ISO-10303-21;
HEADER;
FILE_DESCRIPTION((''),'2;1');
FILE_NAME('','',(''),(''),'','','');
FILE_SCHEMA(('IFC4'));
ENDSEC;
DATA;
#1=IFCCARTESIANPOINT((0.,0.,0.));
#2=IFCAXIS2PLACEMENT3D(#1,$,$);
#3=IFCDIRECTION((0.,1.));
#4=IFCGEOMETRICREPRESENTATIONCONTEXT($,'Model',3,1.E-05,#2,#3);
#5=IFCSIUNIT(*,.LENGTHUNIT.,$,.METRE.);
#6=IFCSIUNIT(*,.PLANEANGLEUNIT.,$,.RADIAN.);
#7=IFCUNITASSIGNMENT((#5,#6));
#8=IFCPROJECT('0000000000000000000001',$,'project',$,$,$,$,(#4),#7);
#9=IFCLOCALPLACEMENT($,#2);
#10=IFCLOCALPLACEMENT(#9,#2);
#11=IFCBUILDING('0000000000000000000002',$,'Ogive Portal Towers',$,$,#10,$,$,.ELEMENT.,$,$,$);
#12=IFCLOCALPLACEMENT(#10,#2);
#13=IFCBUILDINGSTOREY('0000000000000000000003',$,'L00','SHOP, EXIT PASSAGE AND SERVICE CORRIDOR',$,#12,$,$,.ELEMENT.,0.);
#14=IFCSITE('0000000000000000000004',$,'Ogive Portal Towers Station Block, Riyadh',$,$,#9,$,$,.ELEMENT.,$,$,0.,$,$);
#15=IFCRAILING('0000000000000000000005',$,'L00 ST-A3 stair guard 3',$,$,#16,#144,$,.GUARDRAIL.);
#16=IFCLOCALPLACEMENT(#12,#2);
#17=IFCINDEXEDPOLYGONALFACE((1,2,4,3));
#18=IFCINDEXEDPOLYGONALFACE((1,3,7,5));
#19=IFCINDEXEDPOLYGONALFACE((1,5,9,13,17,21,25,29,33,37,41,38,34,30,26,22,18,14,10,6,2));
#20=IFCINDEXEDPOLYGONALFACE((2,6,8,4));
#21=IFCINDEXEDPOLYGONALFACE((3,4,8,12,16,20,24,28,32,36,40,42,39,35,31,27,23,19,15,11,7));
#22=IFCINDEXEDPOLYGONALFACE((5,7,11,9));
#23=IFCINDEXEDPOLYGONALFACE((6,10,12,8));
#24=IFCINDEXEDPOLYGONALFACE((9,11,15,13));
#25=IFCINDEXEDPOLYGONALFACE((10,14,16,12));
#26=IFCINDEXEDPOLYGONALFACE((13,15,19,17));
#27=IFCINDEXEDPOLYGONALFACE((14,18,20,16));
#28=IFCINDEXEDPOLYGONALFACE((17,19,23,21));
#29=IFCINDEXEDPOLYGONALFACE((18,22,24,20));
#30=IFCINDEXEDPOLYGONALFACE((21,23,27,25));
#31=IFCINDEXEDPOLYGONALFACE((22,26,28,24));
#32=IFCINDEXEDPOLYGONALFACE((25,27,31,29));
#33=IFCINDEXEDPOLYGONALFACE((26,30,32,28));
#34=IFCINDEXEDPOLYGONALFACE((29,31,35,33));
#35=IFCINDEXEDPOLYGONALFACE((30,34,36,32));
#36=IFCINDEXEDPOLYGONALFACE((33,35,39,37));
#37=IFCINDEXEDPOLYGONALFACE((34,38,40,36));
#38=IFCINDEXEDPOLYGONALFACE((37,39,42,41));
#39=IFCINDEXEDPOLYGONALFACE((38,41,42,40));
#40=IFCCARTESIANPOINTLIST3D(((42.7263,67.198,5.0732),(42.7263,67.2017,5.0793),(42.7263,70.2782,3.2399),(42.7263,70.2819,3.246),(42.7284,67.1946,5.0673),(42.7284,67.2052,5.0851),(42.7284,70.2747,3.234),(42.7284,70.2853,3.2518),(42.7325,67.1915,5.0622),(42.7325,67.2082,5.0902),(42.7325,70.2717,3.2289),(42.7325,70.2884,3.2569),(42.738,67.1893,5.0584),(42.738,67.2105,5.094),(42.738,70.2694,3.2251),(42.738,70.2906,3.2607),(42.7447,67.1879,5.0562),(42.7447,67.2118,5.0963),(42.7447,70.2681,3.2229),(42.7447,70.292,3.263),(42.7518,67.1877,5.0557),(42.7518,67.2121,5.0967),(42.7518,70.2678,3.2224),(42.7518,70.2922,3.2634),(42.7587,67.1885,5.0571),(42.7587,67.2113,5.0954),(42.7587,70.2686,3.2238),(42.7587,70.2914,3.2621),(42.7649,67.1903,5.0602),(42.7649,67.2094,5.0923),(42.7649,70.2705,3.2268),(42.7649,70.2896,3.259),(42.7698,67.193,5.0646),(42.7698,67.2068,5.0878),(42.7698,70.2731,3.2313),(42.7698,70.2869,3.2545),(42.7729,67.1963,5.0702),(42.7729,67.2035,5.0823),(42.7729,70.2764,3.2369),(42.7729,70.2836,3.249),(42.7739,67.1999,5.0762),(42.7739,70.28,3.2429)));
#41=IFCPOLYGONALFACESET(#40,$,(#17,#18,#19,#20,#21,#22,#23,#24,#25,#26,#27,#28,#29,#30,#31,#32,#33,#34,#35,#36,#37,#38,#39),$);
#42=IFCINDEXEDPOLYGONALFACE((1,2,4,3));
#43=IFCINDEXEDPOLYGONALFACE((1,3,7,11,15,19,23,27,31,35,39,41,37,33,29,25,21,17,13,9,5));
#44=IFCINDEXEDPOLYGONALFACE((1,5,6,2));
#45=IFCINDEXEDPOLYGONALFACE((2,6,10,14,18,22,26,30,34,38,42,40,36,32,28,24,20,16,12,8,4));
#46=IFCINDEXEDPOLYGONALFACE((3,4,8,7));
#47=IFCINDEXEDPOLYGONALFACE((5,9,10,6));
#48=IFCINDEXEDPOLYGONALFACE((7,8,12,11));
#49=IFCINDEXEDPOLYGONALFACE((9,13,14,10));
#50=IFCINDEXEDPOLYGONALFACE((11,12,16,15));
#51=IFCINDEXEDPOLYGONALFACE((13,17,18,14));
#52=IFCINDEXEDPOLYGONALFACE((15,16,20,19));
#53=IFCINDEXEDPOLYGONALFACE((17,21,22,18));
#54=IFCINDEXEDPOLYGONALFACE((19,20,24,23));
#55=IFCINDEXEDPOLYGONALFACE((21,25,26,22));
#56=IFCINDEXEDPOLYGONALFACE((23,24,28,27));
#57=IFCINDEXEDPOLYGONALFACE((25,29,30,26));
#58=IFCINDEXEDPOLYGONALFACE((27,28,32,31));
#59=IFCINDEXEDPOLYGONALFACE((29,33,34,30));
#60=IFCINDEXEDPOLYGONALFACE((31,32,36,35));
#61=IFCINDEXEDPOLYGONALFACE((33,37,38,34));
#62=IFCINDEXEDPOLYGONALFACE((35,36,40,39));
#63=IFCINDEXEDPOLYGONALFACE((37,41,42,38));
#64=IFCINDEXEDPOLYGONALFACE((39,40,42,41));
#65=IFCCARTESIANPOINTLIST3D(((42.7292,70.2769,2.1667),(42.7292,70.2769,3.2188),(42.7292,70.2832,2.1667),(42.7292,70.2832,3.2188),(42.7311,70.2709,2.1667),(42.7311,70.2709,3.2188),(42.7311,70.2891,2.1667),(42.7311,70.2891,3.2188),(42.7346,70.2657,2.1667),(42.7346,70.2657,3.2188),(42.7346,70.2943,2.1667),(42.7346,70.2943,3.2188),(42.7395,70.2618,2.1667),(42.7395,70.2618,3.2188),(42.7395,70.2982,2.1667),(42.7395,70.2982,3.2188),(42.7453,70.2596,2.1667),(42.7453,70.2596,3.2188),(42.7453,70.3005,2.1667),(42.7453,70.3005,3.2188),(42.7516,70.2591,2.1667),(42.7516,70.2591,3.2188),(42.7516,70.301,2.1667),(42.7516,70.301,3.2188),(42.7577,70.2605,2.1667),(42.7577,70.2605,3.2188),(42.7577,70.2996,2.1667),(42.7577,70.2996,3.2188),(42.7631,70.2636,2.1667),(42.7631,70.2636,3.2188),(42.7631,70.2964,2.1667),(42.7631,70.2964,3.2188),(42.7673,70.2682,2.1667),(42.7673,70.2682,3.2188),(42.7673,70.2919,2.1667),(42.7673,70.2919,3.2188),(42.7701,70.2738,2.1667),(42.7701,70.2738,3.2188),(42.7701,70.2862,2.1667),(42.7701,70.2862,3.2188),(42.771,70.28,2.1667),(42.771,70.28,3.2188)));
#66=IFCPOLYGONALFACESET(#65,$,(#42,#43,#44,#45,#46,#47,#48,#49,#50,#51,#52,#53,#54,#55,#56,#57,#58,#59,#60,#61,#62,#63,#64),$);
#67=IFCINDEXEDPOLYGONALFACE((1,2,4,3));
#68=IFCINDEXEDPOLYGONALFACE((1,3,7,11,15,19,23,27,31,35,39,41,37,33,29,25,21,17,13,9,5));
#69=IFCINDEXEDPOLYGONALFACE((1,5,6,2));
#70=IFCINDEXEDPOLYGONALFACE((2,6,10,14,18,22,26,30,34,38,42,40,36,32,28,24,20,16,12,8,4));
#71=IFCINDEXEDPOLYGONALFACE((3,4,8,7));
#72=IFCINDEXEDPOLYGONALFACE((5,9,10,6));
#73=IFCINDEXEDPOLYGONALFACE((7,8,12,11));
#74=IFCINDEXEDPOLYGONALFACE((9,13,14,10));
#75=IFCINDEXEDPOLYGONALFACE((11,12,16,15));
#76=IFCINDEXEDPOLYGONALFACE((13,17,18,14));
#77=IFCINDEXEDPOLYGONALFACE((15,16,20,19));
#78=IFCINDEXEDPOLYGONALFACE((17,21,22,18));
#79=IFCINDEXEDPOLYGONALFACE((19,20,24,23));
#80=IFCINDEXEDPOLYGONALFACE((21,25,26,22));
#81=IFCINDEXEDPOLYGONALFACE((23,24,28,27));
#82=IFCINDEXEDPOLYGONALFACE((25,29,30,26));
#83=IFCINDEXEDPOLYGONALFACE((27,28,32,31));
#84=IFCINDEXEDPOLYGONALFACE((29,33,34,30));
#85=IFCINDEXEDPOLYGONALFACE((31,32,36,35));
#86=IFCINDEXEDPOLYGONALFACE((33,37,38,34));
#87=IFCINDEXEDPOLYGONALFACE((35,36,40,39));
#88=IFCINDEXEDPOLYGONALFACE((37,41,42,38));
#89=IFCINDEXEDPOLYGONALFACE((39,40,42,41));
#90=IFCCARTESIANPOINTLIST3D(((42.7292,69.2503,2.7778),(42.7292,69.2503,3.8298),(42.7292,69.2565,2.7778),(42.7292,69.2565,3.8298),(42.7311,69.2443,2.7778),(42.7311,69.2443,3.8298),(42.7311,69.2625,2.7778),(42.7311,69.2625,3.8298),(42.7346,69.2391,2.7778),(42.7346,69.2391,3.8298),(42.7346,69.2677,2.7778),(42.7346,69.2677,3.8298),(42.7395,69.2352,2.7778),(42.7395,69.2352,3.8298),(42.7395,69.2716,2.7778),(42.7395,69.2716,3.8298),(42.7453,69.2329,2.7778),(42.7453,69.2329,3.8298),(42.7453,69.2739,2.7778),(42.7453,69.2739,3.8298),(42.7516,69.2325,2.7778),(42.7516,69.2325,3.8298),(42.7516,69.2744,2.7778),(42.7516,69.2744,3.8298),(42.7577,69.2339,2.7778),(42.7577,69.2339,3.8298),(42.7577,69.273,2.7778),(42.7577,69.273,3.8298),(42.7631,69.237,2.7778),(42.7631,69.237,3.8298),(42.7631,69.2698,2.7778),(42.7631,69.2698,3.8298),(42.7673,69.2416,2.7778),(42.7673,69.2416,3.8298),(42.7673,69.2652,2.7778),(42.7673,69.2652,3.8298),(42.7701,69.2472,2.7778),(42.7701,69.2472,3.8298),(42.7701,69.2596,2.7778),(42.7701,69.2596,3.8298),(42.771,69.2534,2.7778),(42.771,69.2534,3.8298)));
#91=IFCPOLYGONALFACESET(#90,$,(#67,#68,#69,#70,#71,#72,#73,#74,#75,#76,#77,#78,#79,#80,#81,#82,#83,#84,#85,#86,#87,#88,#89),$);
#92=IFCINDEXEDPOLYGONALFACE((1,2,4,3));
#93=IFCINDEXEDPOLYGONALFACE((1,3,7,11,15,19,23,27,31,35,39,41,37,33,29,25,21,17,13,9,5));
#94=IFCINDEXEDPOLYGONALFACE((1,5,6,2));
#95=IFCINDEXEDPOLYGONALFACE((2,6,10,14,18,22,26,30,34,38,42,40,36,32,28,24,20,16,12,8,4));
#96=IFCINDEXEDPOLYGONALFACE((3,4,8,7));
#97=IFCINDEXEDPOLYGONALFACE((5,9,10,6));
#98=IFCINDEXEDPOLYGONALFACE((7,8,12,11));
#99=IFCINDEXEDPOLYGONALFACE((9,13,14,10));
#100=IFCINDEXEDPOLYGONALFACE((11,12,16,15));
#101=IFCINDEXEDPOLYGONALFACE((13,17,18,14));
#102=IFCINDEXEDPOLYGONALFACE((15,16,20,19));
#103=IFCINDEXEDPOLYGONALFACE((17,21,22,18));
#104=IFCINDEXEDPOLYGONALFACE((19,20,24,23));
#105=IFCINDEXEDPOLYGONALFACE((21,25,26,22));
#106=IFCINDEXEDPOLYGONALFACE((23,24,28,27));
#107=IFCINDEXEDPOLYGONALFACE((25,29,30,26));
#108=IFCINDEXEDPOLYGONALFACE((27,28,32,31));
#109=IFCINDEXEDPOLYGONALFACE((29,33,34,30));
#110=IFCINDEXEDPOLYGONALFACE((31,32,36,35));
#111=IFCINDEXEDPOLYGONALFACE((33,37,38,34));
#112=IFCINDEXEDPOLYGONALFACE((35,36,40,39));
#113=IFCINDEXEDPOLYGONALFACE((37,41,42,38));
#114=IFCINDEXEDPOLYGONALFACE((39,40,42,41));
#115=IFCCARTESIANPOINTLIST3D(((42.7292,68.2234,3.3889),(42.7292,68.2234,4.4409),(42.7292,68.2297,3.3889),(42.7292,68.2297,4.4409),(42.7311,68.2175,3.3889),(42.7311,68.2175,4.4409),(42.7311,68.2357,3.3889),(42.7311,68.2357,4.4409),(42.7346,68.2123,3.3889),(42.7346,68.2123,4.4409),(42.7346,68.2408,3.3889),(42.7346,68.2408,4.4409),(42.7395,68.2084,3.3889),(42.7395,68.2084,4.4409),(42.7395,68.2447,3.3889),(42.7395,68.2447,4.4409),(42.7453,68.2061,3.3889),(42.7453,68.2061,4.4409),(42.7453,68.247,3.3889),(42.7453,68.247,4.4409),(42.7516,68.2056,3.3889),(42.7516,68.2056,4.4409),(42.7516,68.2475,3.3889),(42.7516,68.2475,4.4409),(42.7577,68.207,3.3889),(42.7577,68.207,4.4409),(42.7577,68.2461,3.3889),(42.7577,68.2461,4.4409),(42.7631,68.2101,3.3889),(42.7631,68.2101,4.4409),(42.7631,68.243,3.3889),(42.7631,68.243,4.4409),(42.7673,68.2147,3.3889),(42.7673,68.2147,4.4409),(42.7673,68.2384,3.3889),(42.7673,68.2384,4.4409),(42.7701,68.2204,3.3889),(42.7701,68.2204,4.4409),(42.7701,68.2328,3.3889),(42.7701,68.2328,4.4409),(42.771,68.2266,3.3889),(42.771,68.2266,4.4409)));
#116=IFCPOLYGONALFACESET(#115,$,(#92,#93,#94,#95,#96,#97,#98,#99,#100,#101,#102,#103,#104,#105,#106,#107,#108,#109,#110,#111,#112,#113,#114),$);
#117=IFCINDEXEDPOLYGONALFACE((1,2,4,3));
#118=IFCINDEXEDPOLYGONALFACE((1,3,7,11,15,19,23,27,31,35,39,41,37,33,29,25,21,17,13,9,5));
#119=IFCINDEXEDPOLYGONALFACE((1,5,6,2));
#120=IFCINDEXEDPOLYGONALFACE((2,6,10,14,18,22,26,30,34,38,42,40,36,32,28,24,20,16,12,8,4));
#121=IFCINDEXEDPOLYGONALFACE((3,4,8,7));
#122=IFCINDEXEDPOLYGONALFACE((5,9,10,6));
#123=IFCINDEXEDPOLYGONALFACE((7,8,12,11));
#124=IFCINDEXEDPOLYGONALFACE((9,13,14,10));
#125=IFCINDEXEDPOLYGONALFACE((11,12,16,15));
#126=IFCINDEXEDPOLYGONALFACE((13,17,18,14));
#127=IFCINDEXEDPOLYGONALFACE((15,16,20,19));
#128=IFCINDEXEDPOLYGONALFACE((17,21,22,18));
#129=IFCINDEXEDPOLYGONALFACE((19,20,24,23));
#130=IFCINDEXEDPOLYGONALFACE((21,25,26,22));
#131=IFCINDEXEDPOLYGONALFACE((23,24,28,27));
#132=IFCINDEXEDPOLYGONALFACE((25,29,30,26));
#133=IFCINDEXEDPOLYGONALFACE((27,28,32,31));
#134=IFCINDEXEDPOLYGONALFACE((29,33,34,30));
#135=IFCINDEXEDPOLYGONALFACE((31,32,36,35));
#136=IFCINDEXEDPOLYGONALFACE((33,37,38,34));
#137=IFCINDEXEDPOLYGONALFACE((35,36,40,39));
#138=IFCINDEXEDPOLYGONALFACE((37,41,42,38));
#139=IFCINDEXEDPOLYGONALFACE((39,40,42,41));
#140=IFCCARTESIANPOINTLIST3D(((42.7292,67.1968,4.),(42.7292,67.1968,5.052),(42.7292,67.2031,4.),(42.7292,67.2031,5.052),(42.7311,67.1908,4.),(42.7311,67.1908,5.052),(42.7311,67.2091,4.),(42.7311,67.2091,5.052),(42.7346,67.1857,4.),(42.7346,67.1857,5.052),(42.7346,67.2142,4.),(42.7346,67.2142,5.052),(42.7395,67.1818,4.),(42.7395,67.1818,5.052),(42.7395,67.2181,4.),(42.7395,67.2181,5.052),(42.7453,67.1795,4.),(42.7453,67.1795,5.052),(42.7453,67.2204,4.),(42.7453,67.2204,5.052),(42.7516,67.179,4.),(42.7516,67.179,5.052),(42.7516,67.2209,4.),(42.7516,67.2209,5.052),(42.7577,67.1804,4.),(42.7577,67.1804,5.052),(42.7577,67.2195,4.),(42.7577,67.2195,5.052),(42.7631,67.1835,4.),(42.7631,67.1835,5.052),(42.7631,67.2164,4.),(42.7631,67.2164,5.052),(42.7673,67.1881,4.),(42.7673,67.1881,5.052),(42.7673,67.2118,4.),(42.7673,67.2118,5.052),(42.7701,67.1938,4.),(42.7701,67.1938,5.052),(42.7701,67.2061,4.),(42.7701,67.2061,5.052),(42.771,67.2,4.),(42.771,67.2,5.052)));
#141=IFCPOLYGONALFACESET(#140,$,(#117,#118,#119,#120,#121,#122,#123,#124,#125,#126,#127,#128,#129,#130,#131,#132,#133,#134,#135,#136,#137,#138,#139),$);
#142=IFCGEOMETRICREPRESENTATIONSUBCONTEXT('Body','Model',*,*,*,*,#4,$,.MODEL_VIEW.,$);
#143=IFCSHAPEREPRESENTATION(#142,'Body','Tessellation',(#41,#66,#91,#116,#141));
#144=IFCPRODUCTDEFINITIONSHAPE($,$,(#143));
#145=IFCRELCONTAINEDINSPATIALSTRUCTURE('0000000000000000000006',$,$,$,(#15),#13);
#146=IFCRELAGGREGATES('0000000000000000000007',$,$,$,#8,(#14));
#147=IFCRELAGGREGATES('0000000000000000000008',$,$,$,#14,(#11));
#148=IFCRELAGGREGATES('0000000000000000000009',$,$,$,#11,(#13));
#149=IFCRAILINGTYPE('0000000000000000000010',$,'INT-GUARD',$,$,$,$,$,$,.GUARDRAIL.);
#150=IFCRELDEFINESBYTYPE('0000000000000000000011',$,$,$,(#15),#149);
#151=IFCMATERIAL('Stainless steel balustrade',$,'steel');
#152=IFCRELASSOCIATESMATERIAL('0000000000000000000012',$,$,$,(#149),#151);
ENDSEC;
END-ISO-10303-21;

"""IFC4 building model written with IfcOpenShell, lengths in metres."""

from ifc_helpers import new_model, si_unit, direction, frame, origin, origin_2d, place, context, subcontext, project, spatial, circle, extrude, material, type_object, element, save


model = new_model("IFC4")

# Units and contexts
model_context = context("Model", 3, precision=1e-05, world=origin(), true_north=direction((0.0, 1.0)))
body_context = subcontext(model_context, "Body", "Model", "MODEL_VIEW")
ifc_project = project(units=[si_unit("LENGTHUNIT", "METRE"), si_unit("PLANEANGLEUNIT", "RADIAN")], contexts=[model_context])

# Site, building, storey
site_placement = place(None, origin())
site = spatial("IfcSite", under=ifc_project, at=site_placement, Name="Ogive Portal Towers Station Block, Riyadh", CompositionType="ELEMENT", RefElevation=0.0)
building_placement = place(site_placement, origin())
building = spatial("IfcBuilding", under=site, at=building_placement, Name="Ogive Portal Towers", CompositionType="ELEMENT")
storey_placement = place(building_placement, origin())
storey = spatial("IfcBuildingStorey", under=building, at=storey_placement, Name="L00", Description="SHOP, EXIT PASSAGE AND SERVICE CORRIDOR", CompositionType="ELEMENT", Elevation=0.0)

# Railing
ifc_material_1 = material(Name="Stainless steel balustrade", Category="steel")
railing_type_1 = type_object("IfcRailingType", Name="INT-GUARD", PredefinedType="GUARDRAIL", material=ifc_material_1)
railing_1_placement = place(storey_placement, frame((42.75, 70.28, 2.1667)))
element("IfcRailing", 1, at=railing_1_placement, inside=storey, type_object=railing_type_1, Name="L00 ST-A3 stair guard 3", PredefinedType="GUARDRAIL", context=body_context, shape_type="SweptSolid", body=[
    extrude(circle(Radius=0.0239, at=origin_2d()), frame((0.0, 0.0, 1.0762), z_axis=(0.0, -0.859309, 0.511458), x_axis=(1.0, 0.0, 0.0)), (0.0, 0.0, 1.0), 3.5845),
    extrude(circle(Radius=0.021, at=origin_2d()), origin(), (0.0, 0.0, 1.0), 1.052),
    extrude(circle(Radius=0.021, at=origin_2d()), frame((0.0, -1.0266, 0.6111)), (0.0, 0.0, 1.0), 1.052),
    extrude(circle(Radius=0.021, at=origin_2d()), frame((0.0, -2.0535, 1.2222)), (0.0, 0.0, 1.0), 1.052),
    extrude(circle(Radius=0.021, at=origin_2d()), frame((0.0, -3.0801, 1.8333)), (0.0, 0.0, 1.0), 1.052),
])

save(model, "model.ifc")
